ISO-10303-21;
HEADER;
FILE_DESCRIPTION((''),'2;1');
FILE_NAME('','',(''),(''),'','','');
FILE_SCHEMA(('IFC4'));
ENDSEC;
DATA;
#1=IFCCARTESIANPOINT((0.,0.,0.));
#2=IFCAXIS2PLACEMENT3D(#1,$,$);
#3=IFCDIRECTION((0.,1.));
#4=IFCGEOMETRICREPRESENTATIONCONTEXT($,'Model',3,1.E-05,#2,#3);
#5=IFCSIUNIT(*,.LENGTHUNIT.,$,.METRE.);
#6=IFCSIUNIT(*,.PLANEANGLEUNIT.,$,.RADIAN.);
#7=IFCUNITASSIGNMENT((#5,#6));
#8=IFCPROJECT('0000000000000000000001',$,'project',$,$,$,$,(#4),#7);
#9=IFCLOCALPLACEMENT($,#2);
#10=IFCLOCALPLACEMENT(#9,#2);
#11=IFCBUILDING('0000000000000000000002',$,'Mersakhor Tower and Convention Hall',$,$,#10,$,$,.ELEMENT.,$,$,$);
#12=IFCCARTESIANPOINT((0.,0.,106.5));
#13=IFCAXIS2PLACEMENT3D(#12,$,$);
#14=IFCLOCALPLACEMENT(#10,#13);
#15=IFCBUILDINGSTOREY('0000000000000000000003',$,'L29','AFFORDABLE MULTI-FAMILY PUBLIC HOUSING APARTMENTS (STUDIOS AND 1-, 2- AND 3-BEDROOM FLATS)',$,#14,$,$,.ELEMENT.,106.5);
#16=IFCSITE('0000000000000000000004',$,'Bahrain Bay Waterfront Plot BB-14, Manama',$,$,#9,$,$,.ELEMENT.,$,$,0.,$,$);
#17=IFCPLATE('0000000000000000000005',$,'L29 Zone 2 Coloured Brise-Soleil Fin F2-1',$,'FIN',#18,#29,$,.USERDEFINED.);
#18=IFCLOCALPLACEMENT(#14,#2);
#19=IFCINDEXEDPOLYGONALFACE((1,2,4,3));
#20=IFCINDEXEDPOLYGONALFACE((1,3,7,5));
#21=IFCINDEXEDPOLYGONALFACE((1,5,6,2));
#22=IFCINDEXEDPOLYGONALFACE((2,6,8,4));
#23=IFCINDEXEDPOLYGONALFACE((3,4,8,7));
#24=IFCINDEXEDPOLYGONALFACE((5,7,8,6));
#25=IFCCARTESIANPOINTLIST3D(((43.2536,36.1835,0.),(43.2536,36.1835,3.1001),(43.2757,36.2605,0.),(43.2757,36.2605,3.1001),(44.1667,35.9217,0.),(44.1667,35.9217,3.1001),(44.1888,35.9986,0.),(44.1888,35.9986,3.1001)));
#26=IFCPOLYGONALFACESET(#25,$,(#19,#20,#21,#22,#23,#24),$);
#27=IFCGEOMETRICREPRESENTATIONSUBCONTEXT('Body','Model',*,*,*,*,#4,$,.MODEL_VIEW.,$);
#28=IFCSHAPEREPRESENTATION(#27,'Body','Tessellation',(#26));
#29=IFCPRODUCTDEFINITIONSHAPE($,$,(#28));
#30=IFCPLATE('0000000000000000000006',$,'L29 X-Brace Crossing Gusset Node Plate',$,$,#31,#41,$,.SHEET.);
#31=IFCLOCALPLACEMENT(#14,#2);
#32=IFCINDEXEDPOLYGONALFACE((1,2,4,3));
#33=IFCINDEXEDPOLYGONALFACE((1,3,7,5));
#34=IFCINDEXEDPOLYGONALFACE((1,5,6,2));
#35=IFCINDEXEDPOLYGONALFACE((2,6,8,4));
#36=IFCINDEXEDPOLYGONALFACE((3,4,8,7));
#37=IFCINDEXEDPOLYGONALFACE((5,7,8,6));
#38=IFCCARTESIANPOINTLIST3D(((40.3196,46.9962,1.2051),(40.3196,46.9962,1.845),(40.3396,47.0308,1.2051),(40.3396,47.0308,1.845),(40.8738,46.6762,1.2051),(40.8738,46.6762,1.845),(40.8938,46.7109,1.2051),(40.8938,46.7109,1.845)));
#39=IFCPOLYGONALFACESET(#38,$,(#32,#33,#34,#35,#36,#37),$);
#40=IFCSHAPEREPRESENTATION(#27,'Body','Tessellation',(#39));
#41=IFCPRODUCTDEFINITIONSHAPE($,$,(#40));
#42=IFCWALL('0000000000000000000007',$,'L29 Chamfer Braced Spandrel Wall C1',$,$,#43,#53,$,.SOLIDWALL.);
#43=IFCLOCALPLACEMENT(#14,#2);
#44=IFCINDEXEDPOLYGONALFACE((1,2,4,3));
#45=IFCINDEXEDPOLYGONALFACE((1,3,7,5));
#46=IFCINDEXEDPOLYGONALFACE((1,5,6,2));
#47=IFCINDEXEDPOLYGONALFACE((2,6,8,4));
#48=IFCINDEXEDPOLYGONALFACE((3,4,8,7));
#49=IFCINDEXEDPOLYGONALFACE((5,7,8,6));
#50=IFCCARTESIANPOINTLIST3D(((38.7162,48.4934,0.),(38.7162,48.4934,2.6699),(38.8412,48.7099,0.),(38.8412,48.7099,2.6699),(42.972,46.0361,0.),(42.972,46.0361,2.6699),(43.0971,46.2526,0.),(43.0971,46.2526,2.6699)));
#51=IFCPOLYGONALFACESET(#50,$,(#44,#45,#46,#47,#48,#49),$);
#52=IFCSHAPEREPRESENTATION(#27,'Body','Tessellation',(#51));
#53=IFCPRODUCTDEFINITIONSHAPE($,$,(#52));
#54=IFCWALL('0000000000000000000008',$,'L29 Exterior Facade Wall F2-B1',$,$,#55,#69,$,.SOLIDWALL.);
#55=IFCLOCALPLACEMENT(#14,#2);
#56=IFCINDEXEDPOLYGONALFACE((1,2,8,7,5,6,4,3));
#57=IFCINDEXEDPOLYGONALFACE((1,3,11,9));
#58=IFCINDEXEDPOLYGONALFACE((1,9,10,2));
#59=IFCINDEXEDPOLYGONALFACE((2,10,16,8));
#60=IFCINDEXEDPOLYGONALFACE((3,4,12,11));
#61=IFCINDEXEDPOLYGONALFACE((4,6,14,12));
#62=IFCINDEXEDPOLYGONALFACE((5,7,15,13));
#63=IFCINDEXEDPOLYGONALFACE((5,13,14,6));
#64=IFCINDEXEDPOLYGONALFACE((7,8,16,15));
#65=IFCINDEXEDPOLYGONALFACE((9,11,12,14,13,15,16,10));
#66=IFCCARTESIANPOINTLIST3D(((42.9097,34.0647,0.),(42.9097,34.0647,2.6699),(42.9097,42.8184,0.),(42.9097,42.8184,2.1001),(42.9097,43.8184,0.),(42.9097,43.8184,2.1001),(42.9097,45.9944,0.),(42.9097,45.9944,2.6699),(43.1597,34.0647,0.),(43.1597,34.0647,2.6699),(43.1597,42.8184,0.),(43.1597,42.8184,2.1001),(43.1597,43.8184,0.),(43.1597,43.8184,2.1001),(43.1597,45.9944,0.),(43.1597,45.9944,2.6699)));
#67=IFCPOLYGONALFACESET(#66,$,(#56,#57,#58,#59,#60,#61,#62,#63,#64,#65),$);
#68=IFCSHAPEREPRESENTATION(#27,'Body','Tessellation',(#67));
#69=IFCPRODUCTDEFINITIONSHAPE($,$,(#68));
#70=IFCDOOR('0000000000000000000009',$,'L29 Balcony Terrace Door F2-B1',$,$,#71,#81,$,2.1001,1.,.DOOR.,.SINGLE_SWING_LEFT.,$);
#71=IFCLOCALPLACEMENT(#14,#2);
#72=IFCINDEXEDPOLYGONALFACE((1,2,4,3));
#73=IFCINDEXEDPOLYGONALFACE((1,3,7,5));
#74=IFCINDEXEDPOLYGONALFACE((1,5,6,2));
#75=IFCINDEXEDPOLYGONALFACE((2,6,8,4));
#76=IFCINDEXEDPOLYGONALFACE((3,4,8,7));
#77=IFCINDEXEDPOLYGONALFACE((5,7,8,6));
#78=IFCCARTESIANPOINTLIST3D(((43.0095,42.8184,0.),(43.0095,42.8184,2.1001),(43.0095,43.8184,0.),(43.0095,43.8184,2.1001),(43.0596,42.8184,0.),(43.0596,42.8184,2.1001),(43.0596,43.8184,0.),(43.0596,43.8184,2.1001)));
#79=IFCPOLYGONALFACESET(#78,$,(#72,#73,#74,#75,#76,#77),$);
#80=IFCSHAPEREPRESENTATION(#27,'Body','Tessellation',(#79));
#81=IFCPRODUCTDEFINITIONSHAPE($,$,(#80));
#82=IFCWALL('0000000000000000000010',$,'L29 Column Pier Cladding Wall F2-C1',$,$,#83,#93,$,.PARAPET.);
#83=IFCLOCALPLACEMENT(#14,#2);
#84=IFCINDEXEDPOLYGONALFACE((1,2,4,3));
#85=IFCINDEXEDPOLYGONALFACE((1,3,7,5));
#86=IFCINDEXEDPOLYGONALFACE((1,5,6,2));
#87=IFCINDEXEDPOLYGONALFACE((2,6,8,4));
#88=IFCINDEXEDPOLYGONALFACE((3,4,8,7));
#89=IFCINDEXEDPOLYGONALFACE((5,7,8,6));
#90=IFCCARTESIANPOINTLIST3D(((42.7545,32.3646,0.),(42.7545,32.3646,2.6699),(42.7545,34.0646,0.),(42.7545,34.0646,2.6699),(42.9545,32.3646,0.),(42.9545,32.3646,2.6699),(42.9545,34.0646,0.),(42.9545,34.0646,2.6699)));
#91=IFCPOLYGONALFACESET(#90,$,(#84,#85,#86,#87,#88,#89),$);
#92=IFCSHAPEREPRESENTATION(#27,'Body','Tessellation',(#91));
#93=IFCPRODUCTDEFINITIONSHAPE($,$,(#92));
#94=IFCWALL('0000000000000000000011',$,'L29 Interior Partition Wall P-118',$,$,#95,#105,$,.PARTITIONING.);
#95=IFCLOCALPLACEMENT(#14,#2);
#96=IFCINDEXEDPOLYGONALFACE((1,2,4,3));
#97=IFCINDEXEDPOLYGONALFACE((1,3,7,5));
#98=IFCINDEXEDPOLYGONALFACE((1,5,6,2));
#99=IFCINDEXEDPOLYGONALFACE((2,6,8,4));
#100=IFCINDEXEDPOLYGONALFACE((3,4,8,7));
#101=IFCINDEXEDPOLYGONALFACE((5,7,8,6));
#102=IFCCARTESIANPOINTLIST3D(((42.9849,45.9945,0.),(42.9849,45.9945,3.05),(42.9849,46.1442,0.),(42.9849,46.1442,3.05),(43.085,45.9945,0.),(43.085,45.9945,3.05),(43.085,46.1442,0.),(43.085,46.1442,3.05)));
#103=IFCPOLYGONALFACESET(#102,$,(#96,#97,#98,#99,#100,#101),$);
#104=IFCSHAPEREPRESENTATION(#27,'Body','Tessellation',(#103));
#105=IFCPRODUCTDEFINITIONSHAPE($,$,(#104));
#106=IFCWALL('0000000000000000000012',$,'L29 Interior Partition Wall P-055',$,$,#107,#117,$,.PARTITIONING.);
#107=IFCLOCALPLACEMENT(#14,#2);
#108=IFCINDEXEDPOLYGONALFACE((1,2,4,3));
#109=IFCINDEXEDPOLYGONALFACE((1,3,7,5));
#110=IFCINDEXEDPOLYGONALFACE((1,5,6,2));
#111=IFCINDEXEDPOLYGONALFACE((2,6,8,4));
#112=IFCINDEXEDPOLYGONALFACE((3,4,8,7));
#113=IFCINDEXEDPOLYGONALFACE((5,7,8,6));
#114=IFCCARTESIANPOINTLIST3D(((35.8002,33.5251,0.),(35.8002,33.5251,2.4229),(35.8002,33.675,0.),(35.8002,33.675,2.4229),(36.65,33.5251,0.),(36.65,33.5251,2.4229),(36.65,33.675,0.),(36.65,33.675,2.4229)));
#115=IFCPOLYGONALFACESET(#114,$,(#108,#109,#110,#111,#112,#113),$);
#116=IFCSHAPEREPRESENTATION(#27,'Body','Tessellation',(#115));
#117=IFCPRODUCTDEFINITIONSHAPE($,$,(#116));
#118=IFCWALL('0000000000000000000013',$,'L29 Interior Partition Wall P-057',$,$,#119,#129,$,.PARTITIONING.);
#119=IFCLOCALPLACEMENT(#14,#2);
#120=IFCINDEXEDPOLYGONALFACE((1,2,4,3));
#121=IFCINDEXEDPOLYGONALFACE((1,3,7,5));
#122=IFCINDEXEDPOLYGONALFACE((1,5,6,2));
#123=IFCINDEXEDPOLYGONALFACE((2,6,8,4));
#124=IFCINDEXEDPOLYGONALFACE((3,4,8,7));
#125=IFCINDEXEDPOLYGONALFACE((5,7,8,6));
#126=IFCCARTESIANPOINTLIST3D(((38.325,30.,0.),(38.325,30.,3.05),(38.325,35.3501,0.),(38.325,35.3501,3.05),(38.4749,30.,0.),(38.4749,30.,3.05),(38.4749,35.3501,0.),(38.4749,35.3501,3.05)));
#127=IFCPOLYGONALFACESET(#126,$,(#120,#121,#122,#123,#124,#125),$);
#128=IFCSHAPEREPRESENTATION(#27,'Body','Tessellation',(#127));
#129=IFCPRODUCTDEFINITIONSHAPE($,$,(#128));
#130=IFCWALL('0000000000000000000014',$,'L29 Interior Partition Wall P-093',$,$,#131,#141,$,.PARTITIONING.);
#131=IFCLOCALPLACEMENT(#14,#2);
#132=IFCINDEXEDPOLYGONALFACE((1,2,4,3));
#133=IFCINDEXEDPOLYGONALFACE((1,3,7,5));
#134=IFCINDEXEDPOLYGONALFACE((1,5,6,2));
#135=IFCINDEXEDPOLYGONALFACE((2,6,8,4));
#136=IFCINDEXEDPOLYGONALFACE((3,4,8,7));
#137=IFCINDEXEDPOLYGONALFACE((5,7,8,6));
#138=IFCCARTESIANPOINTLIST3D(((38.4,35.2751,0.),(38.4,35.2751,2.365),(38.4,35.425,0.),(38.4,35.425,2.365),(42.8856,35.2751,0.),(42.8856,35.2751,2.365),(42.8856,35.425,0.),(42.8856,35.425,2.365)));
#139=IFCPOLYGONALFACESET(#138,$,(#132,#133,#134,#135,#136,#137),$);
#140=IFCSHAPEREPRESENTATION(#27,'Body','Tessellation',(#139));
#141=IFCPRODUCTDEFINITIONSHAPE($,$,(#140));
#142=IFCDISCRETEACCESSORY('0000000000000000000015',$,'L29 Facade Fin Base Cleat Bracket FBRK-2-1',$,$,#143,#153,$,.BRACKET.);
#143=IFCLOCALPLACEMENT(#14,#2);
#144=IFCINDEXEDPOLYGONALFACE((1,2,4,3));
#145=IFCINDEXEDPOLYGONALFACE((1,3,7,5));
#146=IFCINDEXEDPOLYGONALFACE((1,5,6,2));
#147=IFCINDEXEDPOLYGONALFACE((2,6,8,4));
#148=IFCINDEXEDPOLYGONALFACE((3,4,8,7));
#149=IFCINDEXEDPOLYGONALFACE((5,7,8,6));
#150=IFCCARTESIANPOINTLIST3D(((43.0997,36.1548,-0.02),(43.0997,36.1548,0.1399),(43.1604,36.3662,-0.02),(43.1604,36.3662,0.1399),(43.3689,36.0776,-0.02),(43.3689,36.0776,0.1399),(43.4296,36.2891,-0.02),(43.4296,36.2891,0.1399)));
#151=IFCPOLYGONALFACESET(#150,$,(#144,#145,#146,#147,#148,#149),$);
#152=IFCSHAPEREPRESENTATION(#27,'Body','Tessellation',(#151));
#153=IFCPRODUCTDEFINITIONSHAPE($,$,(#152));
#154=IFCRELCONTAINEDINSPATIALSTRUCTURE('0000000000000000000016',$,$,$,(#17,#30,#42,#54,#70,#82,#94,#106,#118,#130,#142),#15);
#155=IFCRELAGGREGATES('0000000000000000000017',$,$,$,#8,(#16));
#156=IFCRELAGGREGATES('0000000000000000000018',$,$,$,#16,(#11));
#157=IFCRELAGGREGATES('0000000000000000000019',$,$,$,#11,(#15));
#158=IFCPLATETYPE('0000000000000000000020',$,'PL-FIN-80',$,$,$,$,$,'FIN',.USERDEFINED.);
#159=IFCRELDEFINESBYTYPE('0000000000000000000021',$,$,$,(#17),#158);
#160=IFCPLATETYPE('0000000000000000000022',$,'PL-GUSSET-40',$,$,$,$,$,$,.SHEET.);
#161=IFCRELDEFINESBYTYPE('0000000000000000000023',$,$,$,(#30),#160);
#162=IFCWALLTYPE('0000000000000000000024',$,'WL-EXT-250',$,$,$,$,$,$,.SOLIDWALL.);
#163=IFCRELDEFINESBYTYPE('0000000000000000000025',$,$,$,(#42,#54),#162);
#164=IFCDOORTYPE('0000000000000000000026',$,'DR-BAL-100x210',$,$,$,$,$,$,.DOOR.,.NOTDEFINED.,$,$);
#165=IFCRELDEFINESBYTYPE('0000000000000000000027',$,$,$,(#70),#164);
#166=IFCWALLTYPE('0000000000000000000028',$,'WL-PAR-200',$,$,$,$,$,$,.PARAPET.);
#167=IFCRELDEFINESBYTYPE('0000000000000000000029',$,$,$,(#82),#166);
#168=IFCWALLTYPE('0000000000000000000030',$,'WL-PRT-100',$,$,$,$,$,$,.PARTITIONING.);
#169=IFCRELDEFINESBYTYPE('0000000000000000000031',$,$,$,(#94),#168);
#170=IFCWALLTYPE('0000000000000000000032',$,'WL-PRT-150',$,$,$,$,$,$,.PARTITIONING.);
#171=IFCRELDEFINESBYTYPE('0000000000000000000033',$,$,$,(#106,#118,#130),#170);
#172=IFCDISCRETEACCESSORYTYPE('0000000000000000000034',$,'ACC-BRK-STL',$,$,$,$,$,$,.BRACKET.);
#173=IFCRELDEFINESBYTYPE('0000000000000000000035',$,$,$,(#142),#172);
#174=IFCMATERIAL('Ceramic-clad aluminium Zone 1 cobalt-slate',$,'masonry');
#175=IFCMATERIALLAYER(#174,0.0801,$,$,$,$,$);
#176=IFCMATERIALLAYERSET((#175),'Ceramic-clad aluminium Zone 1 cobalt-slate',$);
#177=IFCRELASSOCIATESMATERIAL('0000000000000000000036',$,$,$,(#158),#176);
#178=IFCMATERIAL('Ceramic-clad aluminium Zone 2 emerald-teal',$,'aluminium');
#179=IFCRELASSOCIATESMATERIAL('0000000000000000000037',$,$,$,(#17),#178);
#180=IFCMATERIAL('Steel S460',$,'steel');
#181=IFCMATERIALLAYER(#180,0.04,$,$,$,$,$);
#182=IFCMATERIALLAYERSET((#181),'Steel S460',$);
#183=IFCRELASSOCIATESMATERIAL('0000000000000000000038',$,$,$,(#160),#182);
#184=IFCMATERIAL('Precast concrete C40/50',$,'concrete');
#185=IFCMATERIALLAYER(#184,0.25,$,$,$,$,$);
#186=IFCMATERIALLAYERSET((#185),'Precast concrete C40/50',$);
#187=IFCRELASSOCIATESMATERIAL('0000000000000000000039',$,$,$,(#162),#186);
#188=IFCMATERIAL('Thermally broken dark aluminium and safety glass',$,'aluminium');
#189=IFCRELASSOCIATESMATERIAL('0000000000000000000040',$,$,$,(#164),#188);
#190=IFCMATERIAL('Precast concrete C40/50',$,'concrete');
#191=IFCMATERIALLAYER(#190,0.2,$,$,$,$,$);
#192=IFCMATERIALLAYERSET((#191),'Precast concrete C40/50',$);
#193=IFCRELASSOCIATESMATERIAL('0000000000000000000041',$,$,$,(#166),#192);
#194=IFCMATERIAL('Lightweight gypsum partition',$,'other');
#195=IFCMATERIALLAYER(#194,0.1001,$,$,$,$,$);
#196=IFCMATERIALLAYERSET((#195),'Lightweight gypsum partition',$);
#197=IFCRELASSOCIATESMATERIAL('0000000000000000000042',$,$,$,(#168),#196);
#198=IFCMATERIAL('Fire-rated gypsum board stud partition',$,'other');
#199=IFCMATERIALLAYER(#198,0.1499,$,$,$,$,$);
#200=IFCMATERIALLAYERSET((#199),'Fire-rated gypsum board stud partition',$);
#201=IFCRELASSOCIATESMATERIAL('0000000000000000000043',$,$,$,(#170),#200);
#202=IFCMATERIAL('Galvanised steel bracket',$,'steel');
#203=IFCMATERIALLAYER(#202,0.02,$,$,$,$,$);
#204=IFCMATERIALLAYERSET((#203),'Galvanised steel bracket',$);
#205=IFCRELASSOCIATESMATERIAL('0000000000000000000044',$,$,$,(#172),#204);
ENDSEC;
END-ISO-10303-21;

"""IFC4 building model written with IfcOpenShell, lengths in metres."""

from ifc_helpers import new_model, si_unit, direction, frame, frame_2d, origin, origin_2d, place, context, subcontext, project, spatial, rectangle, extrude, material, layer, layer_set, type_object, element, fill, save


model = new_model("IFC4")

# Units and contexts
model_context = context("Model", 3, precision=1e-05, world=origin(), true_north=direction((0.0, 1.0)))
body_context = subcontext(model_context, "Body", "Model", "MODEL_VIEW")
ifc_project = project(units=[si_unit("LENGTHUNIT", "METRE"), si_unit("PLANEANGLEUNIT", "RADIAN")], contexts=[model_context])

# Site, building, storey
site_placement = place(None, origin())
site = spatial("IfcSite", under=ifc_project, at=site_placement, Name="Bahrain Bay Waterfront Plot BB-14, Manama", CompositionType="ELEMENT", RefElevation=0.0)
building_placement = place(site_placement, origin())
building = spatial("IfcBuilding", under=site, at=building_placement, Name="Mersakhor Tower and Convention Hall", CompositionType="ELEMENT")
storey_placement = place(building_placement, frame((0.0, 0.0, 106.5)))
storey = spatial("IfcBuildingStorey", under=building, at=storey_placement, Name="L29", Description="AFFORDABLE MULTI-FAMILY PUBLIC HOUSING APARTMENTS (STUDIOS AND 1-, 2- AND 3-BEDROOM FLATS)", CompositionType="ELEMENT", Elevation=106.5)

# Plates
ifc_material_1 = material(Name="Ceramic-clad aluminium Zone 2 emerald-teal", Category="aluminium")
ifc_material_2 = material(Name="Ceramic-clad aluminium Zone 1 cobalt-slate", Category="masonry")
ifc_layer_1 = layer(ifc_material_2, 0.0801)
ifc_layer_set_1 = layer_set([ifc_layer_1], Name="Ceramic-clad aluminium Zone 1 cobalt-slate")
plate_type_1 = type_object("IfcPlateType", Name="PL-FIN-80", ElementType="FIN", PredefinedType="USERDEFINED", material=ifc_layer_set_1)
plate_1_placement = place(storey_placement, frame((43.7212, 36.0911, 0.0), z_axis=(0.0, 0.0, 1.0), x_axis=(0.961262, -0.275637, 0.0)))
element("IfcPlate", 1, at=plate_1_placement, inside=storey, type_object=plate_type_1, material=ifc_material_1, Name="L29 Zone 2 Coloured Brise-Soleil Fin F2-1", ObjectType="FIN", PredefinedType="USERDEFINED", context=body_context, shape_type="SweptSolid", body=[
    extrude(rectangle(XDim=0.95, YDim=0.0801, at=origin_2d()), origin(), (0.0, 0.0, 1.0), 3.1001),
])
ifc_material_3 = material(Name="Steel S460", Category="steel")
ifc_layer_2 = layer(ifc_material_3, 0.04)
ifc_layer_set_2 = layer_set([ifc_layer_2], Name="Steel S460")
plate_type_2 = type_object("IfcPlateType", Name="PL-GUSSET-40", PredefinedType="SHEET", material=ifc_layer_set_2)
plate_2_placement = place(storey_placement, frame((40.6067, 46.8535, 1.2051), z_axis=(0.0, 0.0, 1.0), x_axis=(-0.866025, 0.5, 0.0)))
element("IfcPlate", 2, at=plate_2_placement, inside=storey, type_object=plate_type_2, Name="L29 X-Brace Crossing Gusset Node Plate", PredefinedType="SHEET", context=body_context, shape_type="SweptSolid", body=[
    extrude(rectangle(XDim=0.6399, YDim=0.04, at=origin_2d()), origin(), (0.0, 0.0, 1.0), 0.6399),
])

# Wall
ifc_material_4 = material(Name="Precast concrete C40/50", Category="concrete")
ifc_layer_3 = layer(ifc_material_4, 0.25)
ifc_layer_set_3 = layer_set([ifc_layer_3], Name="Precast concrete C40/50")
wall_type_1 = type_object("IfcWallType", Name="WL-EXT-250", PredefinedType="SOLIDWALL", material=ifc_layer_set_3)
wall_1_placement = place(storey_placement, frame((38.7788, 48.6016, 0.0), z_axis=(0.0, 0.0, 1.0), x_axis=(0.866012, -0.500023, 0.0)))
element("IfcWall", 3, at=wall_1_placement, inside=storey, type_object=wall_type_1, Name="L29 Chamfer Braced Spandrel Wall C1", PredefinedType="SOLIDWALL", context=body_context, shape_type="SweptSolid", body=[
    extrude(rectangle(XDim=4.9143, YDim=0.25, at=frame_2d((2.457, 0.0))), origin(), (0.0, 0.0, 1.0), 2.6699),
])

# Wall, opening, door
wall_2_placement = place(storey_placement, frame((43.0347, 45.9944, 0.0), z_axis=(0.0, 0.0, 1.0), x_axis=(0.0, -1.0, 0.0)))
wall_2 = element("IfcWall", 4, at=wall_2_placement, inside=storey, type_object=wall_type_1, Name="L29 Exterior Facade Wall F2-B1", PredefinedType="SOLIDWALL", context=body_context, shape_type="SweptSolid", body=[
    extrude(rectangle(XDim=11.9297, YDim=0.25, at=frame_2d((5.9648, 0.0))), origin(), (0.0, 0.0, 1.0), 2.6699),
])
opening_placement = place(wall_2_placement, frame((2.176, 0.0, 0.0)))
opening = element("IfcOpeningElement", 5, at=opening_placement, cuts=wall_2, PredefinedType="OPENING", context=body_context, shape_type="SweptSolid", body=[
    extrude(rectangle(XDim=1.0, YDim=2.1001, at=frame_2d((0.5, 1.05))), frame((0.0, 0.135, 0.0), z_axis=(0.0, -1.0, 0.0), x_axis=(1.0, 0.0, 0.0)), (0.0, 0.0, 1.0), 0.27),
])
ifc_material_5 = material(Name="Thermally broken dark aluminium and safety glass", Category="aluminium")
door_type = type_object("IfcDoorType", Name="DR-BAL-100x210", OperationType="NOTDEFINED", PredefinedType="DOOR", material=ifc_material_5)
door_placement = place(opening_placement, origin())
door = element("IfcDoor", 6, at=door_placement, inside=storey, type_object=door_type, Name="L29 Balcony Terrace Door F2-B1", OperationType="SINGLE_SWING_LEFT", OverallHeight=2.1001, OverallWidth=1.0, PredefinedType="DOOR", context=body_context, shape_type="SweptSolid", body=[
    extrude(rectangle(XDim=1.0, YDim=2.1001, at=frame_2d((0.5, 1.05))), frame((0.0, 0.0249, 0.0), z_axis=(0.0, -1.0, 0.0), x_axis=(1.0, 0.0, 0.0)), (0.0, 0.0, 1.0), 0.05),
])
fill(opening, door)

# Walls
ifc_material_6 = material(Name="Precast concrete C40/50", Category="concrete")
ifc_layer_4 = layer(ifc_material_6, 0.2)
ifc_layer_set_4 = layer_set([ifc_layer_4], Name="Precast concrete C40/50")
wall_type_2 = type_object("IfcWallType", Name="WL-PAR-200", PredefinedType="PARAPET", material=ifc_layer_set_4)
wall_3_placement = place(storey_placement, frame((42.8545, 34.0647, 0.0), z_axis=(0.0, 0.0, 1.0), x_axis=(0.0, -1.0, 0.0)))
element("IfcWall", 7, at=wall_3_placement, inside=storey, type_object=wall_type_2, Name="L29 Column Pier Cladding Wall F2-C1", PredefinedType="PARAPET", context=body_context, shape_type="SweptSolid", body=[
    extrude(rectangle(XDim=1.7, YDim=0.2, at=frame_2d((0.8501, 0.0))), origin(), (0.0, 0.0, 1.0), 2.6699),
])
ifc_material_7 = material(Name="Lightweight gypsum partition", Category="other")
ifc_layer_5 = layer(ifc_material_7, 0.1001)
ifc_layer_set_5 = layer_set([ifc_layer_5], Name="Lightweight gypsum partition")
wall_type_3 = type_object("IfcWallType", Name="WL-PRT-100", PredefinedType="PARTITIONING", material=ifc_layer_set_5)
wall_4_placement = place(storey_placement, frame((43.0349, 46.144, 0.0), z_axis=(0.0, 0.0, 1.0), x_axis=(0.0, -1.0, 0.0)))
element("IfcWall", 8, at=wall_4_placement, inside=storey, type_object=wall_type_3, Name="L29 Interior Partition Wall P-118", PredefinedType="PARTITIONING", context=body_context, shape_type="SweptSolid", body=[
    extrude(rectangle(XDim=0.1497, YDim=0.1001, at=frame_2d((0.0747, 0.0))), origin(), (0.0, 0.0, 1.0), 3.05),
])
ifc_material_8 = material(Name="Fire-rated gypsum board stud partition", Category="other")
ifc_layer_6 = layer(ifc_material_8, 0.1499)
ifc_layer_set_6 = layer_set([ifc_layer_6], Name="Fire-rated gypsum board stud partition")
wall_type_4 = type_object("IfcWallType", Name="WL-PRT-150", PredefinedType="PARTITIONING", material=ifc_layer_set_6)
wall_5_placement = place(storey_placement, frame((36.6499, 33.6001, 0.0), z_axis=(0.0, 0.0, 1.0), x_axis=(-1.0, 0.0, 0.0)))
element("IfcWall", 9, at=wall_5_placement, inside=storey, type_object=wall_type_4, Name="L29 Interior Partition Wall P-055", PredefinedType="PARTITIONING", context=body_context, shape_type="SweptSolid", body=[
    extrude(rectangle(XDim=0.8499, YDim=0.1499, at=frame_2d((0.4248, 0.0))), origin(), (0.0, 0.0, 1.0), 2.4229),
])
wall_6_placement = place(storey_placement, frame((38.3999, 35.3501, 0.0), z_axis=(0.0, 0.0, 1.0), x_axis=(0.0, -1.0, 0.0)))
element("IfcWall", 10, at=wall_6_placement, inside=storey, type_object=wall_type_4, Name="L29 Interior Partition Wall P-057", PredefinedType="PARTITIONING", context=body_context, shape_type="SweptSolid", body=[
    extrude(rectangle(XDim=5.3501, YDim=0.1499, at=frame_2d((2.675, 0.0))), origin(), (0.0, 0.0, 1.0), 3.05),
])
wall_7_placement = place(storey_placement, frame((42.8855, 35.3501, 0.0), z_axis=(0.0, 0.0, 1.0), x_axis=(-1.0, 0.0, 0.0)))
element("IfcWall", 11, at=wall_7_placement, inside=storey, type_object=wall_type_4, Name="L29 Interior Partition Wall P-093", PredefinedType="PARTITIONING", context=body_context, shape_type="SweptSolid", body=[
    extrude(rectangle(XDim=4.4856, YDim=0.1499, at=frame_2d((2.2427, 0.0))), origin(), (0.0, 0.0, 1.0), 2.365),
])

# Discrete accessory
ifc_material_9 = material(Name="Galvanised steel bracket", Category="steel")
ifc_layer_7 = layer(ifc_material_9, 0.02)
ifc_layer_set_7 = layer_set([ifc_layer_7], Name="Galvanised steel bracket")
discrete_accessory_type = type_object("IfcDiscreteAccessoryType", Name="ACC-BRK-STL", PredefinedType="BRACKET", material=ifc_layer_set_7)
discrete_accessory_placement = place(storey_placement, frame((43.2646, 36.2219, -0.02), z_axis=(0.0, 0.0, 1.0), x_axis=(0.961262, -0.275637, 0.0)))
element("IfcDiscreteAccessory", 12, at=discrete_accessory_placement, inside=storey, type_object=discrete_accessory_type, Name="L29 Facade Fin Base Cleat Bracket FBRK-2-1", PredefinedType="BRACKET", context=body_context, shape_type="SweptSolid", body=[
    extrude(rectangle(XDim=0.28, YDim=0.22, at=origin_2d()), origin(), (0.0, 0.0, 1.0), 0.1599),
])

save(model, "model.ifc")
